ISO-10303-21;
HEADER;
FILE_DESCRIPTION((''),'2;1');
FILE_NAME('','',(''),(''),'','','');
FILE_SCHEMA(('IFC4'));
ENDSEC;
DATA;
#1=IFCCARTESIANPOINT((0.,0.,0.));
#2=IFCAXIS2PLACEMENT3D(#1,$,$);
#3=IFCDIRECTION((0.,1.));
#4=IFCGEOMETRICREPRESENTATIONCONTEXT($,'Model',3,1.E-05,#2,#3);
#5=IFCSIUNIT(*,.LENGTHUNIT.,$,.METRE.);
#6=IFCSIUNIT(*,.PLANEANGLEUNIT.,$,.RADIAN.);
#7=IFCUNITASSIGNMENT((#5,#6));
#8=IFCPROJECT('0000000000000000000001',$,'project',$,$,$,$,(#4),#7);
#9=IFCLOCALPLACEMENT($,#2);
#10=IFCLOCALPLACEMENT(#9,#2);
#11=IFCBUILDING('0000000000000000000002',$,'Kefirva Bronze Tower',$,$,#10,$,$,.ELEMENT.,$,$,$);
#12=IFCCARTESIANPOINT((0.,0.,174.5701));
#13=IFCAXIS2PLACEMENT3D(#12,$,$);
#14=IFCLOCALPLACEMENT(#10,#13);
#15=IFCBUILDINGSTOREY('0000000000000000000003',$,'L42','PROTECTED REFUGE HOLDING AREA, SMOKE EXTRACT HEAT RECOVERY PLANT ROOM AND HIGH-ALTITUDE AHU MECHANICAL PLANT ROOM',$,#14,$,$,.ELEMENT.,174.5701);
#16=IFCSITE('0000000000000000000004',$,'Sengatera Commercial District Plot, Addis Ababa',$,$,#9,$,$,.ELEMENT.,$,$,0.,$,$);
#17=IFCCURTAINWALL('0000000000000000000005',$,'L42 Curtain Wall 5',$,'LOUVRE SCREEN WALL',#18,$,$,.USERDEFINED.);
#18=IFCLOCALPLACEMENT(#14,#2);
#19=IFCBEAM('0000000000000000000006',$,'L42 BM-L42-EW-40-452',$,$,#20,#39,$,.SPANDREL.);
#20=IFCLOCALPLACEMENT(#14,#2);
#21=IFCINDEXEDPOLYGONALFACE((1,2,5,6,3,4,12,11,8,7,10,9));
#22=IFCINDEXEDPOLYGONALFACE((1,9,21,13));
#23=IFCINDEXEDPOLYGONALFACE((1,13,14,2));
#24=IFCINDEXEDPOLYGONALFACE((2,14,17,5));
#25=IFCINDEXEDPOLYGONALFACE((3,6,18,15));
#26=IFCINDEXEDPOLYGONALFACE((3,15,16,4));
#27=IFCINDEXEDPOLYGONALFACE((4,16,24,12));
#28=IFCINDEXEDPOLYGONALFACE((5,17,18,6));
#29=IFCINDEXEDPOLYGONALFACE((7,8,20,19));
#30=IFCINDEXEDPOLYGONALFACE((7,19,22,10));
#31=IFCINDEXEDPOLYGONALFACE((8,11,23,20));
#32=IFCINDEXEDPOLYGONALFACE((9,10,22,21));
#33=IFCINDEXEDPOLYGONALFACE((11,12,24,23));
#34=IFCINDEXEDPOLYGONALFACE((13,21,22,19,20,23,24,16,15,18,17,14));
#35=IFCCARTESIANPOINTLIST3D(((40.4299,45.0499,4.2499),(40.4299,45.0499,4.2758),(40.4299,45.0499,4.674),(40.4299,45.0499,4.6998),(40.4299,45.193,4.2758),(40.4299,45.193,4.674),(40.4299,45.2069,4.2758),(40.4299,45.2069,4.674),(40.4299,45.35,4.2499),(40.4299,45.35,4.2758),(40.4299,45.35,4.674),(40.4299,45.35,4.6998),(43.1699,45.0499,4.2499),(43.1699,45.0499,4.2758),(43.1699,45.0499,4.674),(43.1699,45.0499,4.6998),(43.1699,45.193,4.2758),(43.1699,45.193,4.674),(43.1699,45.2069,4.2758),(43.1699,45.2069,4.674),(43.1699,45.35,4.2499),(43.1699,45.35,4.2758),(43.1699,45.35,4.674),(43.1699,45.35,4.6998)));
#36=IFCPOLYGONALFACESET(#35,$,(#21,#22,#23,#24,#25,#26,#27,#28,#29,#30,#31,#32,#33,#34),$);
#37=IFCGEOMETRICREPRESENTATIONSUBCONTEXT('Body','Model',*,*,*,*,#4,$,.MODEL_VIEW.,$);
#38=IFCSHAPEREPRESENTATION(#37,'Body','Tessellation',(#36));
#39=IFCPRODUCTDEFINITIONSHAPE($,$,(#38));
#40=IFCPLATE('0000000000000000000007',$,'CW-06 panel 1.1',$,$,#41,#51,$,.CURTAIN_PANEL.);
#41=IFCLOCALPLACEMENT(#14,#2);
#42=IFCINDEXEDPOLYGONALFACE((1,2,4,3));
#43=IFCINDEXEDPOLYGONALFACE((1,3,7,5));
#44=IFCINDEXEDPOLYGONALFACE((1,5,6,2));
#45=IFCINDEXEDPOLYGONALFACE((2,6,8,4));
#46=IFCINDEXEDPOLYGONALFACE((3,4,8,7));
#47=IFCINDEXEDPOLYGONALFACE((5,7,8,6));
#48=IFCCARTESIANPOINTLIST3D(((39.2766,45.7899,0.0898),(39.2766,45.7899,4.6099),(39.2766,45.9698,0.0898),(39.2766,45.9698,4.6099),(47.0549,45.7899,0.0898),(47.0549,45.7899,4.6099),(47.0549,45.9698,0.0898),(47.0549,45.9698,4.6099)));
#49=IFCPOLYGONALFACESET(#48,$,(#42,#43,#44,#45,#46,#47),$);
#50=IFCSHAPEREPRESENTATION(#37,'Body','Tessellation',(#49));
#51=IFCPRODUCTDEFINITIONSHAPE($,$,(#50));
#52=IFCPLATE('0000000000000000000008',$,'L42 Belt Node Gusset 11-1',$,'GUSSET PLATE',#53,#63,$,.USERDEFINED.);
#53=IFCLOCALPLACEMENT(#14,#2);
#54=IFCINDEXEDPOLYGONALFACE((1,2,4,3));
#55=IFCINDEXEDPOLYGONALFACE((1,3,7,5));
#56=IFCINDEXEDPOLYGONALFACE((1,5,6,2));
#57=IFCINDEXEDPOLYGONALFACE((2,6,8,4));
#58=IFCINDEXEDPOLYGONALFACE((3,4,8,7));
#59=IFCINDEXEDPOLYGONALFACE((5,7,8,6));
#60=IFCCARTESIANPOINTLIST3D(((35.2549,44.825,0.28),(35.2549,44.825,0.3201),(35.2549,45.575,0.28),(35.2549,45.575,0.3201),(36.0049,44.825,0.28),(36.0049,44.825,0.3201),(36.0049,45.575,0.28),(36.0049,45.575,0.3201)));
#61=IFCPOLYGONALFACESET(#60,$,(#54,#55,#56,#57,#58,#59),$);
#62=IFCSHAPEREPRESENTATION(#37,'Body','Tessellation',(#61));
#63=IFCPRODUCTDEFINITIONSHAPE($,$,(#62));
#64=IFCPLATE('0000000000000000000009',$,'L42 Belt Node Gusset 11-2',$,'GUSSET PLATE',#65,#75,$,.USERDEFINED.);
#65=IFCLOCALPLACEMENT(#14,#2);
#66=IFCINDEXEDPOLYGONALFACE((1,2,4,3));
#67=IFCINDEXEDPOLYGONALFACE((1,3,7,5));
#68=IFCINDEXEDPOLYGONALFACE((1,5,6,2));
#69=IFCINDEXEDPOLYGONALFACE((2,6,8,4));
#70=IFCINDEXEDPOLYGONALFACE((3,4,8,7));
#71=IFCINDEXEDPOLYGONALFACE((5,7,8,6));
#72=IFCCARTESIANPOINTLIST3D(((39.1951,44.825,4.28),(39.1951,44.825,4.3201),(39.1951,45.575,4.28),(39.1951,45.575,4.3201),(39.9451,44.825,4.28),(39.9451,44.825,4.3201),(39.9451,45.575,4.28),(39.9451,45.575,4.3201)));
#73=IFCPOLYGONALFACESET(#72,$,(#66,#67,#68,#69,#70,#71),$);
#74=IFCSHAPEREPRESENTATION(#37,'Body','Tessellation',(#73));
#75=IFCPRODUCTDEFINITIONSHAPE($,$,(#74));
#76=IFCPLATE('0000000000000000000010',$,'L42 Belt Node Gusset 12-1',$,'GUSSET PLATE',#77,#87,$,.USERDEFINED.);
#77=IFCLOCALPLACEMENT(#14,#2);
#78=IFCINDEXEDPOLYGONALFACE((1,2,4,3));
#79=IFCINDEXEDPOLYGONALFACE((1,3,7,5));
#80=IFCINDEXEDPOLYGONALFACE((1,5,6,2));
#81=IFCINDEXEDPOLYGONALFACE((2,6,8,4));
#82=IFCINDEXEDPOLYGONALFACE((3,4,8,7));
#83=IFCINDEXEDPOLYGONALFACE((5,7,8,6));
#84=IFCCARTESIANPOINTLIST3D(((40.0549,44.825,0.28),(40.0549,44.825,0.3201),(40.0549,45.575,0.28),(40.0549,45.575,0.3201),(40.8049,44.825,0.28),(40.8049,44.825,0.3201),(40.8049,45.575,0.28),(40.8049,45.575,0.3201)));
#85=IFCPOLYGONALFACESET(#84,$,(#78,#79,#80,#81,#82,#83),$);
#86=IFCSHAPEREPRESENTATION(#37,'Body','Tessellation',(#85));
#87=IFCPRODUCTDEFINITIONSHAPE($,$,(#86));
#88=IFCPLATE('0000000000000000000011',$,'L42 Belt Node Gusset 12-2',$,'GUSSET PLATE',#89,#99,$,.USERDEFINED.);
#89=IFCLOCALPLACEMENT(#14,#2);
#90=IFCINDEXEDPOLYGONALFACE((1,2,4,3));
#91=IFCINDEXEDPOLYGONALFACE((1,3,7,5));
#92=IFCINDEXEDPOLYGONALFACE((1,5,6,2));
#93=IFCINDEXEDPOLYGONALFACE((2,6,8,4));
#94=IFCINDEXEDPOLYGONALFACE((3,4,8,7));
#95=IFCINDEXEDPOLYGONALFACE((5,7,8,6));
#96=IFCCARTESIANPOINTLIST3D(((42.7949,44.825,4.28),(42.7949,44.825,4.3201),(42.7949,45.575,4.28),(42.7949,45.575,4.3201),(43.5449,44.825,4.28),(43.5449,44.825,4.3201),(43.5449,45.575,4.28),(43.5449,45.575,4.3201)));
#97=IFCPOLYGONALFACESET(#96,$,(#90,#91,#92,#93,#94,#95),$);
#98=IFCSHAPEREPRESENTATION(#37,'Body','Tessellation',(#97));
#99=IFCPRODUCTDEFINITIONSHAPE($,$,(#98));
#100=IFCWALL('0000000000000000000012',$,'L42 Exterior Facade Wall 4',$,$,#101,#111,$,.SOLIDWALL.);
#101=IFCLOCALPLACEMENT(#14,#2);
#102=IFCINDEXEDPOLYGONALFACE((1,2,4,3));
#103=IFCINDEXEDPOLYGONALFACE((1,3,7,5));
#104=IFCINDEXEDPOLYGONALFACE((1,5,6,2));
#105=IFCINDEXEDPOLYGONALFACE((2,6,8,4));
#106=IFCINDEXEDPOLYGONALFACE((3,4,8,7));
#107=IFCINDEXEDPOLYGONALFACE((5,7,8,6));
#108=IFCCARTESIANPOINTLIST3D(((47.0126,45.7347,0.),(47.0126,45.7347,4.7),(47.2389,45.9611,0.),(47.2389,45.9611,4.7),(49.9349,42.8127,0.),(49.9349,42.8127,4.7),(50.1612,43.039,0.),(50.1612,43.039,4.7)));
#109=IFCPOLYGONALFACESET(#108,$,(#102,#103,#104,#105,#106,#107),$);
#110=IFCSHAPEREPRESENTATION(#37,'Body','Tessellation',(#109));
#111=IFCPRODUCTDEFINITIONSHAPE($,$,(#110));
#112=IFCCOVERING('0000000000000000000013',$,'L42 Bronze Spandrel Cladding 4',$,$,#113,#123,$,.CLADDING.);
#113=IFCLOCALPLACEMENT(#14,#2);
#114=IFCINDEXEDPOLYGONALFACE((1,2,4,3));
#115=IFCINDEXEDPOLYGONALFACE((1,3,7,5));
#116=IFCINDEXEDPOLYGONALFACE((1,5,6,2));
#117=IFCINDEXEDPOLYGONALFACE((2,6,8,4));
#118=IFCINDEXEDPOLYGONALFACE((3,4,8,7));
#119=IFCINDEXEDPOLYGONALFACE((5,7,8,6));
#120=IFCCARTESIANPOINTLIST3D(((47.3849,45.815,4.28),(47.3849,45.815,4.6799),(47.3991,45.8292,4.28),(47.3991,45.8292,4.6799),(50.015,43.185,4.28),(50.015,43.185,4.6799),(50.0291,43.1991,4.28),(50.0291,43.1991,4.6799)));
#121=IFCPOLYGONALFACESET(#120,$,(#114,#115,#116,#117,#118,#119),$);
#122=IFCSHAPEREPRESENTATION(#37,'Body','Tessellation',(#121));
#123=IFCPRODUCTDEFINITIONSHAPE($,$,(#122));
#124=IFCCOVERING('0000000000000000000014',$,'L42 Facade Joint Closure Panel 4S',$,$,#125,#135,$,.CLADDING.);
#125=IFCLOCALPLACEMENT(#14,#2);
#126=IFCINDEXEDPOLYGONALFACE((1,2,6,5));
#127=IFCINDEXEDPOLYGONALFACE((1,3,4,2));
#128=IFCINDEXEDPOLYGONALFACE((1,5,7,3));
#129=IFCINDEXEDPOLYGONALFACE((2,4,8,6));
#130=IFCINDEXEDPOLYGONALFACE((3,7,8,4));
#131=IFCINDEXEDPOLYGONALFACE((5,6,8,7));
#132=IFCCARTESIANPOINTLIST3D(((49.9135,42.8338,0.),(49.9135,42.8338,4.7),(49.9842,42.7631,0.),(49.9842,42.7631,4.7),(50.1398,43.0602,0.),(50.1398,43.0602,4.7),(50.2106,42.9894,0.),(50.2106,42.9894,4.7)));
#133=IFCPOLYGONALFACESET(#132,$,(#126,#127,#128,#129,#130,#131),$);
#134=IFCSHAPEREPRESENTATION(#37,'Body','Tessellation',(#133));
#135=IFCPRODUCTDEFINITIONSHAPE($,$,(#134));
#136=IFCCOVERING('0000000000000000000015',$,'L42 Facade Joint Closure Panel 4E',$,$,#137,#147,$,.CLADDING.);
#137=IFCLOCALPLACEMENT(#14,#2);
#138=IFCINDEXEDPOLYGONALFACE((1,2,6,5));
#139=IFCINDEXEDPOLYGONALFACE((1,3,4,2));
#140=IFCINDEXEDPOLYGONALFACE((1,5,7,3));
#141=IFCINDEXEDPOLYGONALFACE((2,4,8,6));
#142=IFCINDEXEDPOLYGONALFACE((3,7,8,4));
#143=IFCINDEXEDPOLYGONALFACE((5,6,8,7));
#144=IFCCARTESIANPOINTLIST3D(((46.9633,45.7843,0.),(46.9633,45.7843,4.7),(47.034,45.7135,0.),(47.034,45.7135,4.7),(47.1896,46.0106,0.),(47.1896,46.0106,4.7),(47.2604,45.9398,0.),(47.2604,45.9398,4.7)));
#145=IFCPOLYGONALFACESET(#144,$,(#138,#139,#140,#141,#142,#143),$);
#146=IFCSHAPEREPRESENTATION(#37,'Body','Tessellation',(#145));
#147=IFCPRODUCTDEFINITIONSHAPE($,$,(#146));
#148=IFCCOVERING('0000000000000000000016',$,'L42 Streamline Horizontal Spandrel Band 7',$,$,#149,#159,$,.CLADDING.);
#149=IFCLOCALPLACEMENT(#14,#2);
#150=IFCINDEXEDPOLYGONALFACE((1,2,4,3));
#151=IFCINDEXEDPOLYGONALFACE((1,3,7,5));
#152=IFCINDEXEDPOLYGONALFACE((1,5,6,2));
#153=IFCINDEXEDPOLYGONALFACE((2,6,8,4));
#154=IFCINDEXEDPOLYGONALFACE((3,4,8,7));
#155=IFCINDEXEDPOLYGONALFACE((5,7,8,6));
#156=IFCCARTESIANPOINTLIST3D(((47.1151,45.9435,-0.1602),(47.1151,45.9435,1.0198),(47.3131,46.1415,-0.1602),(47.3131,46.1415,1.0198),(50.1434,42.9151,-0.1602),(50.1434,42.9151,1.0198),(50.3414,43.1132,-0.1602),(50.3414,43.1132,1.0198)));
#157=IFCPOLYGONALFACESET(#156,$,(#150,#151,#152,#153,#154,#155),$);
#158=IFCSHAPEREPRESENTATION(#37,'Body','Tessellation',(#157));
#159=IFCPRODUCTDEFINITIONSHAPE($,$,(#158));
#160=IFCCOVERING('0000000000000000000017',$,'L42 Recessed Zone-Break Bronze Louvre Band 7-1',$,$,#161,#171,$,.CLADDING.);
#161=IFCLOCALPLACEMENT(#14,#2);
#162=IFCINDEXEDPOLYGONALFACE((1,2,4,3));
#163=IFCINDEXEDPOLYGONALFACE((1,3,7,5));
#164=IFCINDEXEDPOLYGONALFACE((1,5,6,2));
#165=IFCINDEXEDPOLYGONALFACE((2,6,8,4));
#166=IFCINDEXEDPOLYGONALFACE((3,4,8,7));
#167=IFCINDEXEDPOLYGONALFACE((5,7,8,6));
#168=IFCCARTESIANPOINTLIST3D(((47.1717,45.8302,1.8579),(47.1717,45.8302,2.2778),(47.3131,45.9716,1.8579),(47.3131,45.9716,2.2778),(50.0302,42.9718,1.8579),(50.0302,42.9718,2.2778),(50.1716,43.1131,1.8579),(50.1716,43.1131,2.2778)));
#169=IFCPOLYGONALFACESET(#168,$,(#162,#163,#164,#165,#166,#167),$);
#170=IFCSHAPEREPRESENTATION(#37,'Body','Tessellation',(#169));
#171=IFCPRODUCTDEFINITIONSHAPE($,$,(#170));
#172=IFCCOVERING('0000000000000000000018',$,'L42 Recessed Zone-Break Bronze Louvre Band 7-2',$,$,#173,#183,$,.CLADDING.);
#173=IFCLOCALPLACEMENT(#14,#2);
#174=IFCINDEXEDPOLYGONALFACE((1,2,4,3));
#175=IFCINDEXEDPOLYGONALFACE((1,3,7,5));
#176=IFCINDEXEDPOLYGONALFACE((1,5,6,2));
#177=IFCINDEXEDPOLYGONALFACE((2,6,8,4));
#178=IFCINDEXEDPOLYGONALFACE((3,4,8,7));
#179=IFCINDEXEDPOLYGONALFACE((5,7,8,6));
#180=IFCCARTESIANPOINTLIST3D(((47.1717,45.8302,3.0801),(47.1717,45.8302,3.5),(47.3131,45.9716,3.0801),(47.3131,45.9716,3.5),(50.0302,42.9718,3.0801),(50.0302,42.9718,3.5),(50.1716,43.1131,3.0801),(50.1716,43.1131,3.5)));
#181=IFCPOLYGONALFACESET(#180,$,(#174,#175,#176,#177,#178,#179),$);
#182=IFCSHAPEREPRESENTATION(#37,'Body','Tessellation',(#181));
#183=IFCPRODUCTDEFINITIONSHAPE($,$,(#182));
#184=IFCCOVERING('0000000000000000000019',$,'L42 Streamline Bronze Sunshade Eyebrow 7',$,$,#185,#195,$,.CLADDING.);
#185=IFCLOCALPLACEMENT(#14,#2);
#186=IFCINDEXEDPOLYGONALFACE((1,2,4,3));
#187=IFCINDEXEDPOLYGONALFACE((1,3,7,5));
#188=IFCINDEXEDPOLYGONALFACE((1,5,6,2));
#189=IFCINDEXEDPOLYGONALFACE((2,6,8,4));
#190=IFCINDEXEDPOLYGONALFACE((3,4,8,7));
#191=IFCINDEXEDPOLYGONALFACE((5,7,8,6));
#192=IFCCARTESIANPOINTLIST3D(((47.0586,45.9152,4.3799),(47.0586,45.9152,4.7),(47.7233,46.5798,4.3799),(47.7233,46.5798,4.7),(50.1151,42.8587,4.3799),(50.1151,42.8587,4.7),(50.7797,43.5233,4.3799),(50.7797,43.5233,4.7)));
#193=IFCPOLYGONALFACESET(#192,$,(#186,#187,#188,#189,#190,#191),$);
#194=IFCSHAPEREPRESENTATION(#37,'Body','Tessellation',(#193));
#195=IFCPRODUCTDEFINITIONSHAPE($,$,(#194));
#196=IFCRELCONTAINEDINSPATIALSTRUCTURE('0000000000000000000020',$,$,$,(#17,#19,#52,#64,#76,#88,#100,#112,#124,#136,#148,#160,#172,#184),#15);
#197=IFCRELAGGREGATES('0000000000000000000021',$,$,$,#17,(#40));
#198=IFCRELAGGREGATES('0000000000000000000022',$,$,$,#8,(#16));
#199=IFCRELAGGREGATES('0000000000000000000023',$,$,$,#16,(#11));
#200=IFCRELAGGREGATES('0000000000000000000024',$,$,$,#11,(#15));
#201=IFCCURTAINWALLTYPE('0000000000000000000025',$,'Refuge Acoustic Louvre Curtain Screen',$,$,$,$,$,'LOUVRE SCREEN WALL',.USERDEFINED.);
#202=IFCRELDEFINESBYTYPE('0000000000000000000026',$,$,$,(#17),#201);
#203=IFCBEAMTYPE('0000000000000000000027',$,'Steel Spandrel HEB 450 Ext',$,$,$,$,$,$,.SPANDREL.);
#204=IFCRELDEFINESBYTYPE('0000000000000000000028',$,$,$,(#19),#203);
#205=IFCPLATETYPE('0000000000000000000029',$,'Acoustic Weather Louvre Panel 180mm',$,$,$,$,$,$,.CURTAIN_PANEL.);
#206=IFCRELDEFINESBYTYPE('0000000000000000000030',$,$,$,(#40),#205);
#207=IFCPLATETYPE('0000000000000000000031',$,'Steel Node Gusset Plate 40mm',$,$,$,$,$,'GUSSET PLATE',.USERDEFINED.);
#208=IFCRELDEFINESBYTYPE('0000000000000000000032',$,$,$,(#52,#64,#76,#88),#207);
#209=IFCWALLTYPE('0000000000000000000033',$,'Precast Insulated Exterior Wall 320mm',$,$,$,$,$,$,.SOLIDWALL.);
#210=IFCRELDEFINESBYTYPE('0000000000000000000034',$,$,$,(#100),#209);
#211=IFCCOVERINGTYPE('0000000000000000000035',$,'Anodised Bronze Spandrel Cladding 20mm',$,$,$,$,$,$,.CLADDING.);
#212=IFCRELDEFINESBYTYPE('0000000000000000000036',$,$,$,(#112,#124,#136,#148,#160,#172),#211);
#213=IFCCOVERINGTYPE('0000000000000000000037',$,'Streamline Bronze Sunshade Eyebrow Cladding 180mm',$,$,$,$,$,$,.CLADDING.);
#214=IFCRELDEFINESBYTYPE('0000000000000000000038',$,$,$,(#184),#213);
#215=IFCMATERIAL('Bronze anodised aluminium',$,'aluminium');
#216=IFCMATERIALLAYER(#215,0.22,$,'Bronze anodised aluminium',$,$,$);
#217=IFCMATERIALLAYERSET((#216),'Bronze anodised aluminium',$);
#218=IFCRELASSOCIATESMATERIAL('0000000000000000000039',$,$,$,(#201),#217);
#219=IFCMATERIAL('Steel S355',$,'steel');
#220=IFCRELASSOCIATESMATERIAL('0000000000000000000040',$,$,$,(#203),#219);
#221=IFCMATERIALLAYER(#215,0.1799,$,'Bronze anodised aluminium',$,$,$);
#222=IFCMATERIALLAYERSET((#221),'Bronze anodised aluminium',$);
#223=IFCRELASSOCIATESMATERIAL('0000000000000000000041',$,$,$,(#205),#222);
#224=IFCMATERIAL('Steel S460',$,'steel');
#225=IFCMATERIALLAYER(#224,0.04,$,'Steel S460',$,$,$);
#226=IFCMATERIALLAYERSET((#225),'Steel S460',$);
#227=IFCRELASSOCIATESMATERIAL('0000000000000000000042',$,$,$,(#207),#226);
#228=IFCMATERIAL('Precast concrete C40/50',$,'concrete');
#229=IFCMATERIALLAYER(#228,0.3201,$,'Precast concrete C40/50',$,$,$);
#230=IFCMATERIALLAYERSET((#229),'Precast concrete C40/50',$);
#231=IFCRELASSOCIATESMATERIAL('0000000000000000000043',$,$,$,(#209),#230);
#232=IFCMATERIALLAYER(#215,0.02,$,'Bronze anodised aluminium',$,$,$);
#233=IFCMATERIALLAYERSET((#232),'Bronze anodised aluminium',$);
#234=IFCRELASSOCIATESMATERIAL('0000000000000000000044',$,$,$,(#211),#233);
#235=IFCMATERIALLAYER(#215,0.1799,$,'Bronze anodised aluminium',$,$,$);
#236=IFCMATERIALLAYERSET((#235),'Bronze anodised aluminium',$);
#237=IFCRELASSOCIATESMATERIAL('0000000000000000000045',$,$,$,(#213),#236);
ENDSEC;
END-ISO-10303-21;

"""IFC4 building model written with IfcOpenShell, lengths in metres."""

from ifc_helpers import new_model, si_unit, direction, frame, frame_2d, origin, origin_2d, place, context, subcontext, project, spatial, rectangle, i_section, extrude, material, layer, layer_set, material_profile, profile_set, type_object, element, aggregate, save


model = new_model("IFC4")

# Units and contexts
model_context = context("Model", 3, precision=1e-05, world=origin(), true_north=direction((0.0, 1.0)))
body_context = subcontext(model_context, "Body", "Model", "MODEL_VIEW")
ifc_project = project(units=[si_unit("LENGTHUNIT", "METRE"), si_unit("PLANEANGLEUNIT", "RADIAN")], contexts=[model_context])

# Site, building, storey
site_placement = place(None, origin())
site = spatial("IfcSite", under=ifc_project, at=site_placement, Name="Sengatera Commercial District Plot, Addis Ababa", CompositionType="ELEMENT", RefElevation=0.0)
building_placement = place(site_placement, origin())
building = spatial("IfcBuilding", under=site, at=building_placement, Name="Kefirva Bronze Tower", CompositionType="ELEMENT")
storey_placement = place(building_placement, frame((0.0, 0.0, 174.5701)))
storey = spatial("IfcBuildingStorey", under=building, at=storey_placement, Name="L42", Description="PROTECTED REFUGE HOLDING AREA, SMOKE EXTRACT HEAT RECOVERY PLANT ROOM AND HIGH-ALTITUDE AHU MECHANICAL PLANT ROOM", CompositionType="ELEMENT", Elevation=174.5701)

# Shared definitions
ifc_material_1 = material(Name="Bronze anodised aluminium", Category="aluminium")
ifc_layer_1 = layer(ifc_material_1, 0.22, Name="Bronze anodised aluminium")
ifc_layer_set_1 = layer_set([ifc_layer_1], Name="Bronze anodised aluminium")
curtain_wall_type = type_object("IfcCurtainWallType", Name="Refuge Acoustic Louvre Curtain Screen", ElementType="LOUVRE SCREEN WALL", PredefinedType="USERDEFINED", material=ifc_layer_set_1)

# Curtain wall
curtain_wall_1_placement = place(storey_placement, origin())
curtain_wall_1 = element("IfcCurtainWall", 1, at=curtain_wall_1_placement, inside=storey, type_object=curtain_wall_type, Name="L42 Curtain Wall 5", ObjectType="LOUVRE SCREEN WALL", PredefinedType="USERDEFINED")

# Shared definitions
ifc_material_2 = material(Name="Steel S460", Category="steel")

# Beam
ifc_material_3 = material(Name="Steel S355", Category="steel")
ifc_material_profile_1 = material_profile(ifc_material_3, i_section(OverallWidth=0.3, OverallDepth=0.45, WebThickness=0.0139, FlangeThickness=0.0259, at=origin_2d()), Name="HEB 450")
ifc_profile_set_1 = profile_set([ifc_material_profile_1], Name="Steel S355")
beam_type = type_object("IfcBeamType", Name="Steel Spandrel HEB 450 Ext", PredefinedType="SPANDREL", material=ifc_profile_set_1)
beam_placement = place(storey_placement, frame((40.4299, 45.2, 4.4749), z_axis=(1.0, 0.0, 0.0), x_axis=(0.0, 1.0, 0.0)))
element("IfcBeam", 2, at=beam_placement, inside=storey, type_object=beam_type, Name="L42 BM-L42-EW-40-452", PredefinedType="SPANDREL", context=body_context, shape_type="SweptSolid", body=[
    extrude(i_section(OverallWidth=0.3, OverallDepth=0.45, WebThickness=0.0139, FlangeThickness=0.0259, at=origin_2d()), origin(), (0.0, 0.0, 1.0), 2.74),
])

# Plate
ifc_layer_2 = layer(ifc_material_1, 0.1799, Name="Bronze anodised aluminium")
ifc_layer_set_2 = layer_set([ifc_layer_2], Name="Bronze anodised aluminium")
plate_type_1 = type_object("IfcPlateType", Name="Acoustic Weather Louvre Panel 180mm", PredefinedType="CURTAIN_PANEL", material=ifc_layer_set_2)
plate_placement = place(storey_placement, frame((43.1658, 45.8799, 0.0898), z_axis=(0.0, 0.0, 1.0), x_axis=(-1.0, 0.0, 0.0)))
plate = element("IfcPlate", 3, at=plate_placement, type_object=plate_type_1, Name="CW-06 panel 1.1", PredefinedType="CURTAIN_PANEL", context=body_context, shape_type="SweptSolid", body=[
    extrude(rectangle(XDim=7.7783, YDim=0.1799, at=origin_2d()), origin(), (0.0, 0.0, 1.0), 4.52),
])
aggregate(curtain_wall_1, [plate])

# Plates
ifc_layer_3 = layer(ifc_material_2, 0.04, Name="Steel S460")
ifc_layer_set_3 = layer_set([ifc_layer_3], Name="Steel S460")
plate_type_2 = type_object("IfcPlateType", Name="Steel Node Gusset Plate 40mm", ElementType="GUSSET PLATE", PredefinedType="USERDEFINED", material=ifc_layer_set_3)
for number, where, z_axis, x_axis, name in (
    (4, (35.6299, 45.2, 0.28), (0.0, 0.0, 1.0), (1.0, 0.0, 0.0), "L42 Belt Node Gusset 11-1"),
    (5, (39.5701, 45.2, 4.28), (0.0, 0.0, 1.0), (1.0, 0.0, 0.0), "L42 Belt Node Gusset 11-2"),
    (6, (40.4299, 45.2, 0.28), (0.0, 0.0, 1.0), (1.0, 0.0, 0.0), "L42 Belt Node Gusset 12-1"),
    (7, (43.1699, 45.2, 4.28), (0.0, 0.0, 1.0), (1.0, 0.0, 0.0), "L42 Belt Node Gusset 12-2"),
):
    element("IfcPlate", number, at=place(storey_placement, frame(where, z_axis=z_axis, x_axis=x_axis)), inside=storey, type_object=plate_type_2, Name=name, ObjectType="GUSSET PLATE", PredefinedType="USERDEFINED", context=body_context, shape_type="SweptSolid", body=[
        extrude(rectangle(XDim=0.75, YDim=0.75, at=origin_2d()), origin(), (0.0, 0.0, 1.0), 0.04),
    ])

# Wall
ifc_material_4 = material(Name="Precast concrete C40/50", Category="concrete")
ifc_layer_4 = layer(ifc_material_4, 0.3201, Name="Precast concrete C40/50")
ifc_layer_set_4 = layer_set([ifc_layer_4], Name="Precast concrete C40/50")
wall_type = type_object("IfcWallType", Name="Precast Insulated Exterior Wall 320mm", PredefinedType="SOLIDWALL", material=ifc_layer_set_4)
wall_placement = place(storey_placement, frame((50.0481, 42.9258, 0.0), z_axis=(0.0, 0.0, 1.0), x_axis=(-0.707136, 0.707077, 0.0)))
element("IfcWall", 8, at=wall_placement, inside=storey, type_object=wall_type, Name="L42 Exterior Facade Wall 4", PredefinedType="SOLIDWALL", context=body_context, shape_type="SweptSolid", body=[
    extrude(rectangle(XDim=4.1326, YDim=0.3201, at=frame_2d((2.0664, 0.0))), origin(), (0.0, 0.0, 1.0), 4.7),
])

# Coverings
ifc_layer_5 = layer(ifc_material_1, 0.02, Name="Bronze anodised aluminium")
ifc_layer_set_5 = layer_set([ifc_layer_5], Name="Bronze anodised aluminium")
covering_type_1 = type_object("IfcCoveringType", Name="Anodised Bronze Spandrel Cladding 20mm", PredefinedType="CLADDING", material=ifc_layer_set_5)
covering_1_placement = place(storey_placement, frame((48.707, 44.5071, 4.28), z_axis=(0.0, 0.0, 1.0), x_axis=(-0.707107, 0.707107, 0.0)))
element("IfcCovering", 9, at=covering_1_placement, inside=storey, type_object=covering_type_1, Name="L42 Bronze Spandrel Cladding 4", PredefinedType="CLADDING", context=body_context, shape_type="SweptSolid", body=[
    extrude(rectangle(XDim=3.7195, YDim=0.02, at=origin_2d()), origin(), (0.0, 0.0, 1.0), 0.3999),
])
for number, where, z_axis, x_axis, name in (
    (10, (50.062, 42.9116, 0.0), (0.0, 0.0, 1.0), (-0.707107, 0.707107, 0.0), "L42 Facade Joint Closure Panel 4S"),
    (11, (47.1118, 45.8621, 0.0), (0.0, 0.0, 1.0), (-0.707107, 0.707107, 0.0), "L42 Facade Joint Closure Panel 4E"),
):
    element("IfcCovering", number, at=place(storey_placement, frame(where, z_axis=z_axis, x_axis=x_axis)), inside=storey, type_object=covering_type_1, Name=name, PredefinedType="CLADDING", context=body_context, shape_type="SweptSolid", body=[
        extrude(rectangle(XDim=0.1001, YDim=0.3201, at=origin_2d()), origin(), (0.0, 0.0, 1.0), 4.7),
    ])
covering_2_placement = place(storey_placement, frame((48.7283, 44.5283, -0.1602), z_axis=(0.0, 0.0, 1.0), x_axis=(-0.707107, 0.707107, 0.0)))
element("IfcCovering", 12, at=covering_2_placement, inside=storey, type_object=covering_type_1, Name="L42 Streamline Horizontal Spandrel Band 7", PredefinedType="CLADDING", context=body_context, shape_type="SweptSolid", body=[
    extrude(rectangle(XDim=4.2827, YDim=0.28, at=origin_2d()), origin(), (0.0, 0.0, 1.0), 1.1799),
])
for number, where, z_axis, x_axis, name in (
    (13, (48.6716, 44.4717, 1.8579), (0.0, 0.0, 1.0), (-0.707107, 0.707107, 0.0), "L42 Recessed Zone-Break Bronze Louvre Band 7-1"),
    (14, (48.6716, 44.4717, 3.0801), (0.0, 0.0, 1.0), (-0.707107, 0.707107, 0.0), "L42 Recessed Zone-Break Bronze Louvre Band 7-2"),
):
    element("IfcCovering", number, at=place(storey_placement, frame(where, z_axis=z_axis, x_axis=x_axis)), inside=storey, type_object=covering_type_1, Name=name, PredefinedType="CLADDING", context=body_context, shape_type="SweptSolid", body=[
        extrude(rectangle(XDim=4.0425, YDim=0.2, at=origin_2d()), origin(), (0.0, 0.0, 1.0), 0.4199),
    ])
ifc_layer_6 = layer(ifc_material_1, 0.1799, Name="Bronze anodised aluminium")
ifc_layer_set_6 = layer_set([ifc_layer_6], Name="Bronze anodised aluminium")
covering_type_2 = type_object("IfcCoveringType", Name="Streamline Bronze Sunshade Eyebrow Cladding 180mm", PredefinedType="CLADDING", material=ifc_layer_set_6)
covering_3_placement = place(storey_placement, frame((48.9192, 44.7192, 4.3799), z_axis=(0.0, 0.0, 1.0), x_axis=(-0.707107, 0.707107, 0.0)))
element("IfcCovering", 15, at=covering_3_placement, inside=storey, type_object=covering_type_2, Name="L42 Streamline Bronze Sunshade Eyebrow 7", PredefinedType="CLADDING", context=body_context, shape_type="SweptSolid", body=[
    extrude(rectangle(XDim=4.3225, YDim=0.9399, at=origin_2d()), origin(), (0.0, 0.0, 1.0), 0.3201),
])

save(model, "model.ifc")
